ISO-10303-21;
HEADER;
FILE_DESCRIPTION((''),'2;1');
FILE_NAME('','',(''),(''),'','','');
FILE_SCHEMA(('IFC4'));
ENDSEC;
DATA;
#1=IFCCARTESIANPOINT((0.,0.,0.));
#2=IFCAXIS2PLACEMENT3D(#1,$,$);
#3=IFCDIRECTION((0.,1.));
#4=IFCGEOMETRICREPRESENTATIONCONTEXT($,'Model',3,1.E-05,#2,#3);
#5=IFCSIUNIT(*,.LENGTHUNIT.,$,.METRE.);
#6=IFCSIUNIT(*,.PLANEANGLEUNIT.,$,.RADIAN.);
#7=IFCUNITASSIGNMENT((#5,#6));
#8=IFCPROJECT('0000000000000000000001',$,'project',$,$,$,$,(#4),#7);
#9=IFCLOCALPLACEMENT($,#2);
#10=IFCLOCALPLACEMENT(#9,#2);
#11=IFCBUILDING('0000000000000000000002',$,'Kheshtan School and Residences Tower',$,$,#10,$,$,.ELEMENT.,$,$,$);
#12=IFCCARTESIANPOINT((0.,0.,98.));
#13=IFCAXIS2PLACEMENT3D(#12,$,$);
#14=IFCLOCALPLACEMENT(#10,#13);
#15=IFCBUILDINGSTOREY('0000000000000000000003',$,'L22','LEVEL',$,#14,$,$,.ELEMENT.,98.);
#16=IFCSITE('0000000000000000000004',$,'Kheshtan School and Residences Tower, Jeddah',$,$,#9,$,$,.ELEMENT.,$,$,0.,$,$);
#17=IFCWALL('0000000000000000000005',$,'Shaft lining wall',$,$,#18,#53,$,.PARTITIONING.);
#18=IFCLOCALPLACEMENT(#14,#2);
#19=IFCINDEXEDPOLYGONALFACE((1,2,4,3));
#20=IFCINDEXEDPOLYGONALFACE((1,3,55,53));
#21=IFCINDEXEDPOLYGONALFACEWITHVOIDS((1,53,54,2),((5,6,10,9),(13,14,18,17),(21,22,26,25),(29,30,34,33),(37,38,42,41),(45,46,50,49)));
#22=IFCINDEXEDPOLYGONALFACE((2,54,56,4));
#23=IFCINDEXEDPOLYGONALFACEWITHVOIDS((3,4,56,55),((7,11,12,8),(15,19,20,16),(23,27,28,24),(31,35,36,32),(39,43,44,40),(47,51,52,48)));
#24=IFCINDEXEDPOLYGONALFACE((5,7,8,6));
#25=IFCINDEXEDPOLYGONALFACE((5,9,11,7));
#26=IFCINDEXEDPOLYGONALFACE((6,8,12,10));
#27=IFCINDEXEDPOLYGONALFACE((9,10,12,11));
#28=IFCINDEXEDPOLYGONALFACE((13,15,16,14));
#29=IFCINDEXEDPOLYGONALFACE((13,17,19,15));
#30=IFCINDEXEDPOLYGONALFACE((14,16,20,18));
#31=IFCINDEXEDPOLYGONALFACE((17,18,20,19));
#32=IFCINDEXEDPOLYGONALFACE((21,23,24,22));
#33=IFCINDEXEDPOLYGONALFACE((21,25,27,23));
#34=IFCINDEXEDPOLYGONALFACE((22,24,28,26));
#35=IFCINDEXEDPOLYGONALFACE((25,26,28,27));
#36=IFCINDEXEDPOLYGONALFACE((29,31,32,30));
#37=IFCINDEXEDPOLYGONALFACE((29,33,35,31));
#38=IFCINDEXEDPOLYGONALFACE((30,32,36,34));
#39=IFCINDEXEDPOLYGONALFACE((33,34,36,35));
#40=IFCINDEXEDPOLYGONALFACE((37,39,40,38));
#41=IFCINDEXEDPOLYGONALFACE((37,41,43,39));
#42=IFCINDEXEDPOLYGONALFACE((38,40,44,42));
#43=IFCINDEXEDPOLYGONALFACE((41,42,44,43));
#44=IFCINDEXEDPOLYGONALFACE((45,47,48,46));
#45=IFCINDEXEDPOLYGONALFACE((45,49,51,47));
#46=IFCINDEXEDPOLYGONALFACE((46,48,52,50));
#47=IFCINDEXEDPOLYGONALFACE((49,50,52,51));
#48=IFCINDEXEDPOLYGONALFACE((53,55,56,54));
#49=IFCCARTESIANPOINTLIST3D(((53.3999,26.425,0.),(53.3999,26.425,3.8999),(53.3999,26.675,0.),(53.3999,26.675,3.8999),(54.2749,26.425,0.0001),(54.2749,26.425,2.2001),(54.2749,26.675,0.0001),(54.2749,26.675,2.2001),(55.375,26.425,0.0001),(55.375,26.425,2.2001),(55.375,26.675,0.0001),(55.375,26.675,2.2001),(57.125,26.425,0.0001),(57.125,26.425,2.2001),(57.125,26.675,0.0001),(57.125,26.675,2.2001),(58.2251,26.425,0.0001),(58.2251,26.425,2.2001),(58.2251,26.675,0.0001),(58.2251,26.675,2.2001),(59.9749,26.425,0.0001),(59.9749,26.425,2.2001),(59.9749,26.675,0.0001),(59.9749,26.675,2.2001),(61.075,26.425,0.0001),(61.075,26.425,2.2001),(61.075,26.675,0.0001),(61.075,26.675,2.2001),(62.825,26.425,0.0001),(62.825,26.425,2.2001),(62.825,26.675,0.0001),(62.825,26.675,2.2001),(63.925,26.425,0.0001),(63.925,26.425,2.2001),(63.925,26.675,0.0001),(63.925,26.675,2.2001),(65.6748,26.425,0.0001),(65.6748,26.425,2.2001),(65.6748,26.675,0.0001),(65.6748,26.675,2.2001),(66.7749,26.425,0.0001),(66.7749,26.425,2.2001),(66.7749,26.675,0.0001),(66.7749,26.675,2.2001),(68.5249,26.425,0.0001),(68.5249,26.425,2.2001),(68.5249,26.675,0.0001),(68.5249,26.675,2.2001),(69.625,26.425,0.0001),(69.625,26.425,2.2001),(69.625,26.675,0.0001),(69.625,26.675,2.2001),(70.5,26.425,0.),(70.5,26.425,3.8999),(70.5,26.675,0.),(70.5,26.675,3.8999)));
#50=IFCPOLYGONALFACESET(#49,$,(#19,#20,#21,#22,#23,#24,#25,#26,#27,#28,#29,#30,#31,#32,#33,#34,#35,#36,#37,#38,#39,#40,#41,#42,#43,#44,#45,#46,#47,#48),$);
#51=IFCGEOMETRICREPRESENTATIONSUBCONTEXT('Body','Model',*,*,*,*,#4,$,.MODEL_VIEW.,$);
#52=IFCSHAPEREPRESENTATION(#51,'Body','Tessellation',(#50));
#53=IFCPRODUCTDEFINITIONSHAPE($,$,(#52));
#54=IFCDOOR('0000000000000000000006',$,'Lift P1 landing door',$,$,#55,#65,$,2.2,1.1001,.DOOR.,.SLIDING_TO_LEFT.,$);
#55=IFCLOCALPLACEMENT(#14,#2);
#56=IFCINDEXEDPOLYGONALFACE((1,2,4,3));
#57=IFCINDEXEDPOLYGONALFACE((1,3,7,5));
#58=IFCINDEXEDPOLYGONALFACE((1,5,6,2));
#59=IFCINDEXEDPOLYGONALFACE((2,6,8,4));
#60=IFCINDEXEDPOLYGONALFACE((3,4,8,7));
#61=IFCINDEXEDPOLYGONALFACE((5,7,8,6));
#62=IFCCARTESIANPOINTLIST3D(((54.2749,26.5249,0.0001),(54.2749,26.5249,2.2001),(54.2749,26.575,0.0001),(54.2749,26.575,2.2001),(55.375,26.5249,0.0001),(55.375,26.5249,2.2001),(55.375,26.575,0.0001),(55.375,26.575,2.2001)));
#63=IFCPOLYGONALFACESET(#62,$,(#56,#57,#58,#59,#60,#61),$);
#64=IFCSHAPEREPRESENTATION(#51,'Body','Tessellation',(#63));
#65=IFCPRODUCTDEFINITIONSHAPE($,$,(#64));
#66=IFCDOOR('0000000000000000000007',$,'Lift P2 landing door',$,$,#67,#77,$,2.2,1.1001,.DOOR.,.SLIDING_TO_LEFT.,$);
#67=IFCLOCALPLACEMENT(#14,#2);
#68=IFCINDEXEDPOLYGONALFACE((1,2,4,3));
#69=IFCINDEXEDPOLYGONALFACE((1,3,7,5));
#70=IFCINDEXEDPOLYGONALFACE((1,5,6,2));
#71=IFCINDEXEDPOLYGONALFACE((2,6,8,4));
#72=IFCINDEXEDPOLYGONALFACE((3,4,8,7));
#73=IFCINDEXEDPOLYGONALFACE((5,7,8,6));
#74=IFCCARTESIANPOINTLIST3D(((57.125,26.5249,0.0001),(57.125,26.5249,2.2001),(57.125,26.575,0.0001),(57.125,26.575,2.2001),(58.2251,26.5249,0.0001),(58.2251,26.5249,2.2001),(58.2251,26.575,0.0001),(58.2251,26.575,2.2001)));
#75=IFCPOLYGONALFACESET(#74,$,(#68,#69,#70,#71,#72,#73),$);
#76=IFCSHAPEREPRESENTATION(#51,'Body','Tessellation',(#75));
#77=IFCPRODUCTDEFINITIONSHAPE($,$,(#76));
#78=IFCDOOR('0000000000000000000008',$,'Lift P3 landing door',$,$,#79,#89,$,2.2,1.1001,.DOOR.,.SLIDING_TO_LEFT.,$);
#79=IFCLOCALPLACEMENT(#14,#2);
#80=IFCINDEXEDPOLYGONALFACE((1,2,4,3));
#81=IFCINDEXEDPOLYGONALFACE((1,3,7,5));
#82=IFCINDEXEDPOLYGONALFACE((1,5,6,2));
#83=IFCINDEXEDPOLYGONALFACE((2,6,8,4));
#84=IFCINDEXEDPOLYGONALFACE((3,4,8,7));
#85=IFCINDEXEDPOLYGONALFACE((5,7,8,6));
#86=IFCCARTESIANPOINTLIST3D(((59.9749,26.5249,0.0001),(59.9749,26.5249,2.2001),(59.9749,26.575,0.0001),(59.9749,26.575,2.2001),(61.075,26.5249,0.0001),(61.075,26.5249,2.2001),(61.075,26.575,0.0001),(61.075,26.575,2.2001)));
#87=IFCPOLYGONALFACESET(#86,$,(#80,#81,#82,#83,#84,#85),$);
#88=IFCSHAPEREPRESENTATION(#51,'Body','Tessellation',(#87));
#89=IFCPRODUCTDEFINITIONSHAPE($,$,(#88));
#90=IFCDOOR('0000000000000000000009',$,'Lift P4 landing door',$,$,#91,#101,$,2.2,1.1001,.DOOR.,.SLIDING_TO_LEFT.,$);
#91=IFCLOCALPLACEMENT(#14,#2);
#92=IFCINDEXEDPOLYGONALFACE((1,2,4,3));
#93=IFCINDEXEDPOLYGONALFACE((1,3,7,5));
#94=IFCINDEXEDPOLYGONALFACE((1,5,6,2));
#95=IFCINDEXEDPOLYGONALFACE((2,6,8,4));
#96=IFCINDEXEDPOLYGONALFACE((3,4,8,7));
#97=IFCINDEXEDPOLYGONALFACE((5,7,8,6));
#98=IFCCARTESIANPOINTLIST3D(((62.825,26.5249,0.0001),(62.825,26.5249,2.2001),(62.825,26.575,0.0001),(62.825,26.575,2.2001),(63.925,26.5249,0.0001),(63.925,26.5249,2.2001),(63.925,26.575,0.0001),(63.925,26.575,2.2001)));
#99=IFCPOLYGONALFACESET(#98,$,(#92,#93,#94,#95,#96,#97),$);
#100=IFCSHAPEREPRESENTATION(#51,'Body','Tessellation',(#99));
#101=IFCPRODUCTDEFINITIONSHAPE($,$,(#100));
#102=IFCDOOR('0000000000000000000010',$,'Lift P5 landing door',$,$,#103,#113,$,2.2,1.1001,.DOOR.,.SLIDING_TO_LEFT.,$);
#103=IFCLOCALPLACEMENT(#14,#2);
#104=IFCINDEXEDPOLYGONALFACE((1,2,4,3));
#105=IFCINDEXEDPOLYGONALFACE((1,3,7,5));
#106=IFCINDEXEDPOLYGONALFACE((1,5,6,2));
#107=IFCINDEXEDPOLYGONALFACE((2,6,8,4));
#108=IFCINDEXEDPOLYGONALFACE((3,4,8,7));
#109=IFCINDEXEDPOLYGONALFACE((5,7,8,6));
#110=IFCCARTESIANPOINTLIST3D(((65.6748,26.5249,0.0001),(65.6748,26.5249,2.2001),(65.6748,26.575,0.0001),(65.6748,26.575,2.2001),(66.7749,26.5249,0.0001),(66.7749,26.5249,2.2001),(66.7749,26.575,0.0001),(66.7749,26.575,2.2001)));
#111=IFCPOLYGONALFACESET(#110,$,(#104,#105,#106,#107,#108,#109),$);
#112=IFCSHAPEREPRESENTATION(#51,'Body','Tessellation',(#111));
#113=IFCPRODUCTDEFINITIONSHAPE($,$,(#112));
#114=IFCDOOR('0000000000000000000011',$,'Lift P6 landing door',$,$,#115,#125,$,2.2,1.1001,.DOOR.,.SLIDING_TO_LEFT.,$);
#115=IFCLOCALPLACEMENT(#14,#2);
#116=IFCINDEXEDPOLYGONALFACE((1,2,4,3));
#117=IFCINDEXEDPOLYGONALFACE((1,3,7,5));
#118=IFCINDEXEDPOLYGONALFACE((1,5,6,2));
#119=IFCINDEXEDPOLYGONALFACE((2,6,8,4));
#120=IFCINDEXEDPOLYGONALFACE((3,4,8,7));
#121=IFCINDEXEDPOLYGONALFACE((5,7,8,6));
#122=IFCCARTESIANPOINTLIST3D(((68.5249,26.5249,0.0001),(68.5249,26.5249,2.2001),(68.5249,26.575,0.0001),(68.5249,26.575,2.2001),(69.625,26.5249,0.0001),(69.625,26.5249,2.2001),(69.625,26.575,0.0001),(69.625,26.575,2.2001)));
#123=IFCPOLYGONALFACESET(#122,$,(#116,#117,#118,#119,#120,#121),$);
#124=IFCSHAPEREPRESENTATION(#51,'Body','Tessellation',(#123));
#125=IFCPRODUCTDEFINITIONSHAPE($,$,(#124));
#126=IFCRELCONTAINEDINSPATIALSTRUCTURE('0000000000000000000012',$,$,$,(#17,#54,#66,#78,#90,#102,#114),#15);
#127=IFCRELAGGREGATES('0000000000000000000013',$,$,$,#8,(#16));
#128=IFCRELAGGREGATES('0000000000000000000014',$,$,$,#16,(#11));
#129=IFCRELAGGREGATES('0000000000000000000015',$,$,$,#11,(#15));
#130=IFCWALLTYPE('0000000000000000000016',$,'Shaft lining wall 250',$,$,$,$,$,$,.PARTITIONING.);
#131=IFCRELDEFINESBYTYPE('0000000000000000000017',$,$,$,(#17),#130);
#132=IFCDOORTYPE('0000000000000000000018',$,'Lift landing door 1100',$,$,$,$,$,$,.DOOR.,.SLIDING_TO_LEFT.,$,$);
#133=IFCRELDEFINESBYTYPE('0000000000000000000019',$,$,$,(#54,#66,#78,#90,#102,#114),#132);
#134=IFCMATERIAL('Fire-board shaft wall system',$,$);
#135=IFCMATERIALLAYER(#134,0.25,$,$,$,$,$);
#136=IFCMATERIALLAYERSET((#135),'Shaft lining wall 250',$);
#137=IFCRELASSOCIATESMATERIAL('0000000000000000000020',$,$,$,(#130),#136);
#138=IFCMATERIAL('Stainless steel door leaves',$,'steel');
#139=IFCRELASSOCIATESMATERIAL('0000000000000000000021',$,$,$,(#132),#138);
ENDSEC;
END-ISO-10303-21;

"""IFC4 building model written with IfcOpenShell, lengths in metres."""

from ifc_helpers import new_model, si_unit, direction, frame, frame_2d, origin, place, context, subcontext, project, spatial, rectangle, extrude, source, transform, mapped, material, layer, layer_set, type_object, element, fill, save


model = new_model("IFC4")

# Units and contexts
model_context = context("Model", 3, precision=1e-05, world=origin(), true_north=direction((0.0, 1.0)))
body_context = subcontext(model_context, "Body", "Model", "MODEL_VIEW")
ifc_project = project(units=[si_unit("LENGTHUNIT", "METRE"), si_unit("PLANEANGLEUNIT", "RADIAN")], contexts=[model_context])

# Site, building, storey
site_placement = place(None, origin())
site = spatial("IfcSite", under=ifc_project, at=site_placement, Name="Kheshtan School and Residences Tower, Jeddah", CompositionType="ELEMENT", RefElevation=0.0)
building_placement = place(site_placement, origin())
building = spatial("IfcBuilding", under=site, at=building_placement, Name="Kheshtan School and Residences Tower", CompositionType="ELEMENT")
storey_placement = place(building_placement, frame((0.0, 0.0, 98.0)))
storey = spatial("IfcBuildingStorey", under=building, at=storey_placement, Name="L22", Description="LEVEL", CompositionType="ELEMENT", Elevation=98.0)

# Shared definitions
ifc_material_1 = material(Name="Fire-board shaft wall system")
ifc_layer_1 = layer(ifc_material_1, 0.25)
ifc_layer_set_1 = layer_set([ifc_layer_1], Name="Shaft lining wall 250")
wall_type_1 = type_object("IfcWallType", Name="Shaft lining wall 250", PredefinedType="PARTITIONING", material=ifc_layer_set_1)

# Wall, openings, doors
wall_1_placement = place(storey_placement, frame((53.3999, 26.55, 0.0), z_axis=(0.0, 0.0, 1.0), x_axis=(1.0, 0.0, 0.0)))
wall_1 = element("IfcWall", 1, at=wall_1_placement, inside=storey, type_object=wall_type_1, Name="Shaft lining wall", PredefinedType="PARTITIONING", context=body_context, shape_type="SweptSolid", body=[
    extrude(rectangle(XDim=17.1001, YDim=0.25, at=frame_2d((8.55, 0.0))), origin(), (0.0, 0.0, 1.0), 3.8999),
])
opening_1_placement = place(wall_1_placement, frame((0.875, 0.0, 0.0)))
opening_1 = element("IfcOpeningElement", 2, at=opening_1_placement, cuts=wall_1, PredefinedType="OPENING", context=body_context, shape_type="SweptSolid", body=[
    extrude(rectangle(XDim=1.1001, YDim=2.2, at=frame_2d((0.55, 1.1001))), frame((0.0, 0.135, 0.0), z_axis=(0.0, -1.0, 0.0), x_axis=(1.0, 0.0, 0.0)), (0.0, 0.0, 1.0), 0.27),
])
opening_2_placement = place(wall_1_placement, frame((3.7251, 0.0, 0.0)))
opening_2 = element("IfcOpeningElement", 3, at=opening_2_placement, cuts=wall_1, PredefinedType="OPENING", context=body_context, shape_type="SweptSolid", body=[
    extrude(rectangle(XDim=1.1001, YDim=2.2, at=frame_2d((0.55, 1.1001))), frame((0.0, 0.135, 0.0), z_axis=(0.0, -1.0, 0.0), x_axis=(1.0, 0.0, 0.0)), (0.0, 0.0, 1.0), 0.27),
])
opening_3_placement = place(wall_1_placement, frame((6.575, 0.0, 0.0)))
opening_3 = element("IfcOpeningElement", 4, at=opening_3_placement, cuts=wall_1, PredefinedType="OPENING", context=body_context, shape_type="SweptSolid", body=[
    extrude(rectangle(XDim=1.1001, YDim=2.2, at=frame_2d((0.55, 1.1001))), frame((0.0, 0.135, 0.0), z_axis=(0.0, -1.0, 0.0), x_axis=(1.0, 0.0, 0.0)), (0.0, 0.0, 1.0), 0.27),
])
opening_4_placement = place(wall_1_placement, frame((9.425, 0.0, 0.0)))
opening_4 = element("IfcOpeningElement", 5, at=opening_4_placement, cuts=wall_1, PredefinedType="OPENING", context=body_context, shape_type="SweptSolid", body=[
    extrude(rectangle(XDim=1.1001, YDim=2.2, at=frame_2d((0.55, 1.1001))), frame((0.0, 0.135, 0.0), z_axis=(0.0, -1.0, 0.0), x_axis=(1.0, 0.0, 0.0)), (0.0, 0.0, 1.0), 0.27),
])
opening_5_placement = place(wall_1_placement, frame((12.2749, 0.0, 0.0)))
opening_5 = element("IfcOpeningElement", 6, at=opening_5_placement, cuts=wall_1, PredefinedType="OPENING", context=body_context, shape_type="SweptSolid", body=[
    extrude(rectangle(XDim=1.1001, YDim=2.2, at=frame_2d((0.55, 1.1001))), frame((0.0, 0.135, 0.0), z_axis=(0.0, -1.0, 0.0), x_axis=(1.0, 0.0, 0.0)), (0.0, 0.0, 1.0), 0.27),
])
opening_6_placement = place(wall_1_placement, frame((15.125, 0.0, 0.0)))
opening_6 = element("IfcOpeningElement", 7, at=opening_6_placement, cuts=wall_1, PredefinedType="OPENING", context=body_context, shape_type="SweptSolid", body=[
    extrude(rectangle(XDim=1.1001, YDim=2.2, at=frame_2d((0.55, 1.1001))), frame((0.0, 0.135, 0.0), z_axis=(0.0, -1.0, 0.0), x_axis=(1.0, 0.0, 0.0)), (0.0, 0.0, 1.0), 0.27),
])
ifc_material_2 = material(Name="Stainless steel door leaves", Category="steel")
door_type = type_object("IfcDoorType", Name="Lift landing door 1100", OperationType="SLIDING_TO_LEFT", PredefinedType="DOOR", material=ifc_material_2)
shared_shape = source(origin(), body_context, "Body", "SweptSolid", [
    extrude(rectangle(XDim=1.1001, YDim=2.2, at=frame_2d((0.55, 1.1001))), frame((0.0, 0.0249, 0.0), z_axis=(0.0, -1.0, 0.0), x_axis=(1.0, 0.0, 0.0)), (0.0, 0.0, 1.0), 0.05),
])
door_1_placement = place(opening_1_placement, origin())
door_1 = element("IfcDoor", 8, at=door_1_placement, inside=storey, type_object=door_type, Name="Lift P1 landing door", OperationType="SLIDING_TO_LEFT", OverallHeight=2.2, OverallWidth=1.1001, PredefinedType="DOOR", context=body_context, shape_type="MappedRepresentation", body=[
    mapped(shared_shape, transform((0.0, 0.0, 0.0), x_axis=(1.0, 0.0, 0.0), y_axis=(0.0, 1.0, 0.0), z_axis=(0.0, 0.0, 1.0), scale=1.0)),
])
fill(opening_1, door_1)
door_2_placement = place(opening_2_placement, origin())
door_2 = element("IfcDoor", 9, at=door_2_placement, inside=storey, type_object=door_type, Name="Lift P2 landing door", OperationType="SLIDING_TO_LEFT", OverallHeight=2.2, OverallWidth=1.1001, PredefinedType="DOOR", context=body_context, shape_type="MappedRepresentation", body=[
    mapped(shared_shape, transform((0.0, 0.0, 0.0), x_axis=(1.0, 0.0, 0.0), y_axis=(0.0, 1.0, 0.0), z_axis=(0.0, 0.0, 1.0), scale=1.0)),
])
fill(opening_2, door_2)
door_3_placement = place(opening_3_placement, origin())
door_3 = element("IfcDoor", 10, at=door_3_placement, inside=storey, type_object=door_type, Name="Lift P3 landing door", OperationType="SLIDING_TO_LEFT", OverallHeight=2.2, OverallWidth=1.1001, PredefinedType="DOOR", context=body_context, shape_type="MappedRepresentation", body=[
    mapped(shared_shape, transform((0.0, 0.0, 0.0), x_axis=(1.0, 0.0, 0.0), y_axis=(0.0, 1.0, 0.0), z_axis=(0.0, 0.0, 1.0), scale=1.0)),
])
fill(opening_3, door_3)
door_4_placement = place(opening_4_placement, origin())
door_4 = element("IfcDoor", 11, at=door_4_placement, inside=storey, type_object=door_type, Name="Lift P4 landing door", OperationType="SLIDING_TO_LEFT", OverallHeight=2.2, OverallWidth=1.1001, PredefinedType="DOOR", context=body_context, shape_type="MappedRepresentation", body=[
    mapped(shared_shape, transform((0.0, 0.0, 0.0), x_axis=(1.0, 0.0, 0.0), y_axis=(0.0, 1.0, 0.0), z_axis=(0.0, 0.0, 1.0), scale=1.0)),
])
fill(opening_4, door_4)
door_5_placement = place(opening_5_placement, origin())
door_5 = element("IfcDoor", 12, at=door_5_placement, inside=storey, type_object=door_type, Name="Lift P5 landing door", OperationType="SLIDING_TO_LEFT", OverallHeight=2.2, OverallWidth=1.1001, PredefinedType="DOOR", context=body_context, shape_type="MappedRepresentation", body=[
    mapped(shared_shape, transform((0.0, 0.0, 0.0), x_axis=(1.0, 0.0, 0.0), y_axis=(0.0, 1.0, 0.0), z_axis=(0.0, 0.0, 1.0), scale=1.0)),
])
fill(opening_5, door_5)
door_6_placement = place(opening_6_placement, origin())
door_6 = element("IfcDoor", 13, at=door_6_placement, inside=storey, type_object=door_type, Name="Lift P6 landing door", OperationType="SLIDING_TO_LEFT", OverallHeight=2.2, OverallWidth=1.1001, PredefinedType="DOOR", context=body_context, shape_type="MappedRepresentation", body=[
    mapped(shared_shape, transform((0.0, 0.0, 0.0), x_axis=(1.0, 0.0, 0.0), y_axis=(0.0, 1.0, 0.0), z_axis=(0.0, 0.0, 1.0), scale=1.0)),
])
fill(opening_6, door_6)

save(model, "model.ifc")
